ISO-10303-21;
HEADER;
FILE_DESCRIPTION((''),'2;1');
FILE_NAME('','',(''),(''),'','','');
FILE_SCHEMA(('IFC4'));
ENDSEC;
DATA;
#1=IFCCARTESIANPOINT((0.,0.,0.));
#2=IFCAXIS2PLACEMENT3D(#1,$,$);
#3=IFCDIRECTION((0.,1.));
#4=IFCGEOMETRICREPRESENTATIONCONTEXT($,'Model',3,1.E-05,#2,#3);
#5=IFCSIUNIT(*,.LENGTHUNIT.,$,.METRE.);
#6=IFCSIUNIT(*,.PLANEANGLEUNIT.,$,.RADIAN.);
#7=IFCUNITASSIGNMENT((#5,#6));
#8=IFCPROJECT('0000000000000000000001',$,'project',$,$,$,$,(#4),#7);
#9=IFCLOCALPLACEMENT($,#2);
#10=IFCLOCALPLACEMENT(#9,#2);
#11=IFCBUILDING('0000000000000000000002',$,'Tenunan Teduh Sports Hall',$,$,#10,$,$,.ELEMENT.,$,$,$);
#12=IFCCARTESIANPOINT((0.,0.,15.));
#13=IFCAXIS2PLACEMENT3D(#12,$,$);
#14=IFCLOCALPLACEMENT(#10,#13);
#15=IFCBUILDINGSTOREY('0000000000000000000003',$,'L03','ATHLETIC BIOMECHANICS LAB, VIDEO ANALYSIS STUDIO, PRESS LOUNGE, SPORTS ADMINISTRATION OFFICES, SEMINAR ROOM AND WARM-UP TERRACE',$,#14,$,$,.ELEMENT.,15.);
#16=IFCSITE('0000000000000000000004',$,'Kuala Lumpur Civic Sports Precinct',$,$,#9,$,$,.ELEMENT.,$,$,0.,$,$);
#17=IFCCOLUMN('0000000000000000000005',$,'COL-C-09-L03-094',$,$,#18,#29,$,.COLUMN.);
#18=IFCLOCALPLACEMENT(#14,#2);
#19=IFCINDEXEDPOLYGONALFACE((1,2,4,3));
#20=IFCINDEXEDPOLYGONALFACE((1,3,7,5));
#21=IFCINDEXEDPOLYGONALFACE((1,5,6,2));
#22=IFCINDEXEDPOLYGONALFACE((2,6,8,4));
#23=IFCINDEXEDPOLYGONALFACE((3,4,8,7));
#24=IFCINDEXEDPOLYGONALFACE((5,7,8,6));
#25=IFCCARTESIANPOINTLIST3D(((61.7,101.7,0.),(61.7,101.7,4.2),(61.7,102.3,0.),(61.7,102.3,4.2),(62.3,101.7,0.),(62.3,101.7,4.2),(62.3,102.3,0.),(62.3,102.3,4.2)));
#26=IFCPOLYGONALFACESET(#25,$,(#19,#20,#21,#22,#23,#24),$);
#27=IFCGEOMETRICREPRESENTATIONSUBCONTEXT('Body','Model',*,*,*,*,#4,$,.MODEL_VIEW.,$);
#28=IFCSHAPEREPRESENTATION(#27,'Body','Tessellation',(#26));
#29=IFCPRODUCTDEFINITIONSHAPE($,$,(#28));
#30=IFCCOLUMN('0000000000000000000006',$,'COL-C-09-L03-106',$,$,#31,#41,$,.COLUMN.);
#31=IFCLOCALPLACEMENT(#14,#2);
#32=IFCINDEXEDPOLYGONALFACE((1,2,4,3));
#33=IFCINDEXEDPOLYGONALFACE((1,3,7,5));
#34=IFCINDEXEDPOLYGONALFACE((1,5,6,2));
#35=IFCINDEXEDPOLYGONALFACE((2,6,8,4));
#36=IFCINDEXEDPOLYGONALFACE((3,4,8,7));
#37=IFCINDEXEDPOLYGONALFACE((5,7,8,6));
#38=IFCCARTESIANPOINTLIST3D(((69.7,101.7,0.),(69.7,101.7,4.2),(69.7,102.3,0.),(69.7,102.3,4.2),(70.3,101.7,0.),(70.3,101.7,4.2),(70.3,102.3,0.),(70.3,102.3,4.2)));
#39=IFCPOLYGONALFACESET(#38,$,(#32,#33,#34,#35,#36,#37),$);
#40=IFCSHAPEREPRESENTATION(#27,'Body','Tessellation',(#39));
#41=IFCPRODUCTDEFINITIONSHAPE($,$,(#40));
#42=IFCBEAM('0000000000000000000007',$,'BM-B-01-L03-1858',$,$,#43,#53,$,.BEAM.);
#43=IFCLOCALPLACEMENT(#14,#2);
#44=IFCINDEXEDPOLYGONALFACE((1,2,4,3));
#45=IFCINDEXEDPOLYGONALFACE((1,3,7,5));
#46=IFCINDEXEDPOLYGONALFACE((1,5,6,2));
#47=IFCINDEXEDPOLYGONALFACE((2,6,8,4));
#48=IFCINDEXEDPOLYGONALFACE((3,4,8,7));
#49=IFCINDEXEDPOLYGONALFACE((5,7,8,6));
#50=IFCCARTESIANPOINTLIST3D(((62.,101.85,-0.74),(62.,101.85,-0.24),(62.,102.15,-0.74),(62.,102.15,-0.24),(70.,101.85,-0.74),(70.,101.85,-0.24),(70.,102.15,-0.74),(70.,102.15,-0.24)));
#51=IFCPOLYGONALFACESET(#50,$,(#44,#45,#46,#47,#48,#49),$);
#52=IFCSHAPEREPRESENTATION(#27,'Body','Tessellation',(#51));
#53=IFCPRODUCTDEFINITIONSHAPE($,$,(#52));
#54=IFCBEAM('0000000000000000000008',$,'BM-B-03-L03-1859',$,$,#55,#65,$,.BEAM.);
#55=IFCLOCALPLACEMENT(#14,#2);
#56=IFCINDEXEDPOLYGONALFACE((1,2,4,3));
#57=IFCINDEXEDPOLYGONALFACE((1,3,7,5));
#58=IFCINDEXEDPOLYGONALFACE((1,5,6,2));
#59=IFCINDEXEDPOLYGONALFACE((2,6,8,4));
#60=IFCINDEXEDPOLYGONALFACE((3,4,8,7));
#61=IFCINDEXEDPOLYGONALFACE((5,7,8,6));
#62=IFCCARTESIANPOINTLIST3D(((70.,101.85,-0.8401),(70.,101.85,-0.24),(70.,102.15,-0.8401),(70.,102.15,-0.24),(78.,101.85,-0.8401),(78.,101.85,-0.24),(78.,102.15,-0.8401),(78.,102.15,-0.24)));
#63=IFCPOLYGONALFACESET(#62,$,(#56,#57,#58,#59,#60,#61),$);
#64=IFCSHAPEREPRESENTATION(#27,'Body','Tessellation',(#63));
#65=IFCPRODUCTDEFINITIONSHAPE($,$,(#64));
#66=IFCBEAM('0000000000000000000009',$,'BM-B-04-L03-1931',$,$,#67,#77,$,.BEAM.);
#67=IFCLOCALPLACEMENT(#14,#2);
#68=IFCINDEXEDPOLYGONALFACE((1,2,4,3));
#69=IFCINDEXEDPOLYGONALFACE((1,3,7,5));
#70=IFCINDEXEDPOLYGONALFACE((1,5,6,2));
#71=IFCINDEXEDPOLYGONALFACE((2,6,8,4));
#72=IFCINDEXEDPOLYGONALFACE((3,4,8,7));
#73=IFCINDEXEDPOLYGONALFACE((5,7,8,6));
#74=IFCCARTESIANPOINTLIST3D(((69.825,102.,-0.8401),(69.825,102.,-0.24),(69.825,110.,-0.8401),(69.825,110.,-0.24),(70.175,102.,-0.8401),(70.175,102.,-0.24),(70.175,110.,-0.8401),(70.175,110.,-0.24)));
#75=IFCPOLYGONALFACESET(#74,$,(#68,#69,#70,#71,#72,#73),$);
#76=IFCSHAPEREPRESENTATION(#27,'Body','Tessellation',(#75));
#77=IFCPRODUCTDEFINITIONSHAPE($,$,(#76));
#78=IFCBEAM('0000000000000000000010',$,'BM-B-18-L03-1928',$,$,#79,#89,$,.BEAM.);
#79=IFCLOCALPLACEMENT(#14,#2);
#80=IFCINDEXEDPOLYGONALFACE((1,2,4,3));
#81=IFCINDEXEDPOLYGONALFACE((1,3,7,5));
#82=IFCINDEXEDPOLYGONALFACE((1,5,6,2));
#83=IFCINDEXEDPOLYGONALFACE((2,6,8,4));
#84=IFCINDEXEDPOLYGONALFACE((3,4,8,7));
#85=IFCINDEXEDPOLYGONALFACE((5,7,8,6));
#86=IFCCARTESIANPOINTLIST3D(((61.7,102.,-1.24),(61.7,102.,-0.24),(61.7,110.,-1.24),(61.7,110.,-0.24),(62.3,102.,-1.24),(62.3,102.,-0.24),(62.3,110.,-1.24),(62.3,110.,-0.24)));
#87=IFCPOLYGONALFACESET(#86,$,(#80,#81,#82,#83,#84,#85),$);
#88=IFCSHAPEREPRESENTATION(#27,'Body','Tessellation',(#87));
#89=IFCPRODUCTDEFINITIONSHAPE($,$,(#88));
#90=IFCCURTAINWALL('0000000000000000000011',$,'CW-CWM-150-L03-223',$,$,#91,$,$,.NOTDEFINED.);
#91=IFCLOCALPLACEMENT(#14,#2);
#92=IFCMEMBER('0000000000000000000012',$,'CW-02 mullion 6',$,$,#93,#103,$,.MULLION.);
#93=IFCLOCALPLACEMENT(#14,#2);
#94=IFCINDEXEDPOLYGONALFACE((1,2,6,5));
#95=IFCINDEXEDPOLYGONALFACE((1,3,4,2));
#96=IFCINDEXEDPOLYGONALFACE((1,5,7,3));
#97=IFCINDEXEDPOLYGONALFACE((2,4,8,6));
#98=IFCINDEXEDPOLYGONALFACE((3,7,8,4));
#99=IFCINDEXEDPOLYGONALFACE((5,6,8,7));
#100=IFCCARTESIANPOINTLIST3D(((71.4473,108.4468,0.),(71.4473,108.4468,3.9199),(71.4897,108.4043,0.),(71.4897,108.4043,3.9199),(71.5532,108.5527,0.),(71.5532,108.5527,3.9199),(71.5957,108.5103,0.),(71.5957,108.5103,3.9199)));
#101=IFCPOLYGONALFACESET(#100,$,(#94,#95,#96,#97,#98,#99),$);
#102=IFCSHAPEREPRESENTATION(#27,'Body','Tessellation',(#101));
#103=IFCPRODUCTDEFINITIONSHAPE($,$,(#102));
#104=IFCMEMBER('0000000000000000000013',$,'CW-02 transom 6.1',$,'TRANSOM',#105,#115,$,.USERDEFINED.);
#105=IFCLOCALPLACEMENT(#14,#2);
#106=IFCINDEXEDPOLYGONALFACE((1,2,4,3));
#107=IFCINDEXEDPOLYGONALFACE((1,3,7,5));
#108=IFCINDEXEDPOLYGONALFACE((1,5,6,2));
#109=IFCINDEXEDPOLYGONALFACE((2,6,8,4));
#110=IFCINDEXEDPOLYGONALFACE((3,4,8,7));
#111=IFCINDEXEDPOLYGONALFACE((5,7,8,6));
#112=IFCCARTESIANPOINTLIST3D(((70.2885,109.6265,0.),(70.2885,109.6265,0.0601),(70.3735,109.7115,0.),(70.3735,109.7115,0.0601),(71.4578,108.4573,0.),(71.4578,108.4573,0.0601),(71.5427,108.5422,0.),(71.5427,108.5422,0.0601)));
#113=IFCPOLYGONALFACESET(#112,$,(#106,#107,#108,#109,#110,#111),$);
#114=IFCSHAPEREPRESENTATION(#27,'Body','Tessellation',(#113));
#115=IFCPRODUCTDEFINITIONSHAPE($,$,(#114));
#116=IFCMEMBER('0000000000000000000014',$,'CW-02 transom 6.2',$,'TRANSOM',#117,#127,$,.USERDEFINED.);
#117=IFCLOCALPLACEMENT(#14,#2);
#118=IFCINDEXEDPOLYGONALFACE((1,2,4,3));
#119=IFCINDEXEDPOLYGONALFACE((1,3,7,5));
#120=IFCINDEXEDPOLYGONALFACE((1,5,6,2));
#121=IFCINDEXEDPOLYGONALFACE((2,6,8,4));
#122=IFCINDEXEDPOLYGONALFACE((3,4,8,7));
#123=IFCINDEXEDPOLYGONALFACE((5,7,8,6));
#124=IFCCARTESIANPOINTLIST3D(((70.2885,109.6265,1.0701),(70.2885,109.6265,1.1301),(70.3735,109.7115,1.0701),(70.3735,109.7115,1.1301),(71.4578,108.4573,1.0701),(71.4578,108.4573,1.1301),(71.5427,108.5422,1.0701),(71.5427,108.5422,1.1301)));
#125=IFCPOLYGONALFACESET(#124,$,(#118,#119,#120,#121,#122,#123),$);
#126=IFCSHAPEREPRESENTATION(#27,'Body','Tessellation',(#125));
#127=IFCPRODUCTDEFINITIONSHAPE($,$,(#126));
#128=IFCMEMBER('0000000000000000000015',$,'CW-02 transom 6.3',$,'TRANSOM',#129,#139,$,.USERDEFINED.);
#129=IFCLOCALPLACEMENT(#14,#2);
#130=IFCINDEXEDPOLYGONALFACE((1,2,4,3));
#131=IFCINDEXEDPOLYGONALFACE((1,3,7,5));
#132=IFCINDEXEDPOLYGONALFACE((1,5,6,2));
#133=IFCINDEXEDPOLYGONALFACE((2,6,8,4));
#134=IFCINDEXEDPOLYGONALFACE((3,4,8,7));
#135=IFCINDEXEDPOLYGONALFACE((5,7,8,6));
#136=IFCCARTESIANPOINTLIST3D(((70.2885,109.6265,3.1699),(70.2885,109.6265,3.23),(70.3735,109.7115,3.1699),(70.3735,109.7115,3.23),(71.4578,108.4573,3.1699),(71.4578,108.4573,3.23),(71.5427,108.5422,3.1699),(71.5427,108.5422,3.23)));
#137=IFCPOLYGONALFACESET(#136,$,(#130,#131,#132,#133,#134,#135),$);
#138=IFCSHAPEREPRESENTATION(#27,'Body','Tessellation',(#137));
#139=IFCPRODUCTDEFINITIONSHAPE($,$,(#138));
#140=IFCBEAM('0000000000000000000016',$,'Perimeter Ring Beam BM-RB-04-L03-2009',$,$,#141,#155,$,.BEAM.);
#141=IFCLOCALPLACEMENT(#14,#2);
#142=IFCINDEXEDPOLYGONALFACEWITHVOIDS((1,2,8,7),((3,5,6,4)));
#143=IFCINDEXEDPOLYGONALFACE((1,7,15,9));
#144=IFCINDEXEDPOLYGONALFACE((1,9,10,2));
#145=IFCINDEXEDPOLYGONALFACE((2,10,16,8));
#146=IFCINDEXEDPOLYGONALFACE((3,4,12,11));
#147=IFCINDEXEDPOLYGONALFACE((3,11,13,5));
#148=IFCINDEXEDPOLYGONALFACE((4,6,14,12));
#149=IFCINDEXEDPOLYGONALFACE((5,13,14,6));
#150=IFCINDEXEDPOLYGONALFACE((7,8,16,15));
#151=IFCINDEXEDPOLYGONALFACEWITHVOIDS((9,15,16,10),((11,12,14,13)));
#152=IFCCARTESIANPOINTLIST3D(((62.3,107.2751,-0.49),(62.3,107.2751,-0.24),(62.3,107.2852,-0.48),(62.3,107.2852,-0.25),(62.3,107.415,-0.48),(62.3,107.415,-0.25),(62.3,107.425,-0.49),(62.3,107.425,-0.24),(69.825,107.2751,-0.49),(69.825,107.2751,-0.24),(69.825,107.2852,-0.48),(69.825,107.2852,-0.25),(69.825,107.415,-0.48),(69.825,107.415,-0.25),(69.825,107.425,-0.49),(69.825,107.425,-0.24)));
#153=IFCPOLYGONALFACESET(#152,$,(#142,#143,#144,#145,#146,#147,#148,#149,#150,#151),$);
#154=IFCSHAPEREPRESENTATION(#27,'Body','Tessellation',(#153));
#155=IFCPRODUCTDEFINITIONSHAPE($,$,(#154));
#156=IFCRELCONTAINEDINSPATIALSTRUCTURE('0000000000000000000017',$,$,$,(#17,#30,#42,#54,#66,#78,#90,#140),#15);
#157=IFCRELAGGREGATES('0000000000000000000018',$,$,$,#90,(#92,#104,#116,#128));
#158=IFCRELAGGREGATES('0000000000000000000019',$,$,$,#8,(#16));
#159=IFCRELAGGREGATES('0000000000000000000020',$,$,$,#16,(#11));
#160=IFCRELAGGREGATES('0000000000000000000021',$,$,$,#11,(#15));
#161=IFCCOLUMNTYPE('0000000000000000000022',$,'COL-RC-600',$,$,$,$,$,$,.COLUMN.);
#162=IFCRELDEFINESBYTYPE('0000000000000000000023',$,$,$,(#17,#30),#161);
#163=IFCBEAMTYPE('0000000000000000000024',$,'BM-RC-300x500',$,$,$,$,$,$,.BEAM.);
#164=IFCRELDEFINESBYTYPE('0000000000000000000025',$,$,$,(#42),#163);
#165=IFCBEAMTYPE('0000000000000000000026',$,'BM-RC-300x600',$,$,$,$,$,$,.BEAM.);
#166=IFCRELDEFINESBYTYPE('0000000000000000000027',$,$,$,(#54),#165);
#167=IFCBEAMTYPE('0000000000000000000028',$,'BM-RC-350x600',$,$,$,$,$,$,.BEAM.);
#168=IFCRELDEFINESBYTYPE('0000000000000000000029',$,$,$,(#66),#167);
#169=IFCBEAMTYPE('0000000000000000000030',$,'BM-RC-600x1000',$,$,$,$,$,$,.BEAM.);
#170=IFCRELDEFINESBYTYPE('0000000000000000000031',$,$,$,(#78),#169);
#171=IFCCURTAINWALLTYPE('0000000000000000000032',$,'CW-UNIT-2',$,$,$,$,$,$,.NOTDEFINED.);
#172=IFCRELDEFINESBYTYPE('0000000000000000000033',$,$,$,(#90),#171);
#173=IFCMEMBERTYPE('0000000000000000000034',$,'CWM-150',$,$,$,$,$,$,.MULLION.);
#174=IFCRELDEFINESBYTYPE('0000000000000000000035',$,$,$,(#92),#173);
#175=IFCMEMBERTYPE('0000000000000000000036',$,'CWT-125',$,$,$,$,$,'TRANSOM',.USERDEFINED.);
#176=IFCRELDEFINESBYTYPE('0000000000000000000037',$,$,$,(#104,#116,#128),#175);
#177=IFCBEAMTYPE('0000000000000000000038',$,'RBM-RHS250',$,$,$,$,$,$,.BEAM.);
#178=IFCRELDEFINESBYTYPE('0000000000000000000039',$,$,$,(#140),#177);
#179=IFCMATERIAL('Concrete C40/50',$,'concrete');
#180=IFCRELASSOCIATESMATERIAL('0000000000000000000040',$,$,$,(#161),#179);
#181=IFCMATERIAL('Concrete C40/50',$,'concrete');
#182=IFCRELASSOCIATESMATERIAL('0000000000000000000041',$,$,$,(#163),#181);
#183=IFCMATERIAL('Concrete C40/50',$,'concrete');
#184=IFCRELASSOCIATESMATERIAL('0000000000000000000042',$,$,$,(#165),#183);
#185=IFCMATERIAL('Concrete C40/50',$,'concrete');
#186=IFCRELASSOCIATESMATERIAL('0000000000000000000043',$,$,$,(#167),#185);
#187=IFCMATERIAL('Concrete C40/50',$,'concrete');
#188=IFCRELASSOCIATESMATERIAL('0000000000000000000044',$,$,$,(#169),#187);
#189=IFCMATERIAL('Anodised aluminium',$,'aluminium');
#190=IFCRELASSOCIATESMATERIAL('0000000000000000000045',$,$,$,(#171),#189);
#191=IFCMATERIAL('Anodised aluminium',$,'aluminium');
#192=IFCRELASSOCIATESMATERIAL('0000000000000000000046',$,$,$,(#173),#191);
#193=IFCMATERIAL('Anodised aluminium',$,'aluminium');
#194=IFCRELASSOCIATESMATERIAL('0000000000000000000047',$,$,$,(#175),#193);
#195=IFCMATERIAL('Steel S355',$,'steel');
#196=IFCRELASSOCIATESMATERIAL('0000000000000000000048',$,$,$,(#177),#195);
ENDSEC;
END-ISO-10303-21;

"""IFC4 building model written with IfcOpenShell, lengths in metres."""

from ifc_helpers import new_model, si_unit, direction, frame, origin, origin_2d, place, context, subcontext, project, spatial, rectangle, hollow_rectangle, extrude, material, material_profile, profile_set, type_object, element, aggregate, save


model = new_model("IFC4")

# Units and contexts
model_context = context("Model", 3, precision=1e-05, world=origin(), true_north=direction((0.0, 1.0)))
body_context = subcontext(model_context, "Body", "Model", "MODEL_VIEW")
ifc_project = project(units=[si_unit("LENGTHUNIT", "METRE"), si_unit("PLANEANGLEUNIT", "RADIAN")], contexts=[model_context])

# Site, building, storey
site_placement = place(None, origin())
site = spatial("IfcSite", under=ifc_project, at=site_placement, Name="Kuala Lumpur Civic Sports Precinct", CompositionType="ELEMENT", RefElevation=0.0)
building_placement = place(site_placement, origin())
building = spatial("IfcBuilding", under=site, at=building_placement, Name="Tenunan Teduh Sports Hall", CompositionType="ELEMENT")
storey_placement = place(building_placement, frame((0.0, 0.0, 15.0)))
storey = spatial("IfcBuildingStorey", under=building, at=storey_placement, Name="L03", Description="ATHLETIC BIOMECHANICS LAB, VIDEO ANALYSIS STUDIO, PRESS LOUNGE, SPORTS ADMINISTRATION OFFICES, SEMINAR ROOM AND WARM-UP TERRACE", CompositionType="ELEMENT", Elevation=15.0)

# Columns
ifc_material_1 = material(Name="Concrete C40/50", Category="concrete")
ifc_material_profile_1 = material_profile(ifc_material_1, rectangle(XDim=0.6001, YDim=0.6001, at=origin_2d()), Name="RC 600x600")
ifc_profile_set_1 = profile_set([ifc_material_profile_1], Name="Concrete C40/50")
column_type = type_object("IfcColumnType", Name="COL-RC-600", PredefinedType="COLUMN", material=ifc_profile_set_1)
for number, where, z_axis, x_axis, name in (
    (1, (62.0, 102.0, 0.0), (0.0, 0.0, 1.0), (1.0, 0.0, 0.0), "COL-C-09-L03-094"),
    (2, (70.0, 102.0, 0.0), (0.0, 0.0, 1.0), (1.0, 0.0, 0.0), "COL-C-09-L03-106"),
):
    element("IfcColumn", number, at=place(storey_placement, frame(where, z_axis=z_axis, x_axis=x_axis)), inside=storey, type_object=column_type, Name=name, PredefinedType="COLUMN", context=body_context, shape_type="SweptSolid", body=[
        extrude(rectangle(XDim=0.6001, YDim=0.6001, at=origin_2d()), origin(), (0.0, 0.0, 1.0), 4.2),
    ])

# Beams
ifc_material_2 = material(Name="Concrete C40/50", Category="concrete")
ifc_material_profile_2 = material_profile(ifc_material_2, rectangle(XDim=0.3, YDim=0.5, at=origin_2d()), Name="RCB 300x500")
ifc_profile_set_2 = profile_set([ifc_material_profile_2], Name="Concrete C40/50")
beam_type_1 = type_object("IfcBeamType", Name="BM-RC-300x500", PredefinedType="BEAM", material=ifc_profile_set_2)
beam_1_placement = place(storey_placement, frame((62.0, 102.0, -0.49), z_axis=(1.0, 0.0, 0.0), x_axis=(0.0, 1.0, 0.0)))
element("IfcBeam", 3, at=beam_1_placement, inside=storey, type_object=beam_type_1, Name="BM-B-01-L03-1858", PredefinedType="BEAM", context=body_context, shape_type="SweptSolid", body=[
    extrude(rectangle(XDim=0.3, YDim=0.5, at=origin_2d()), origin(), (0.0, 0.0, 1.0), 8.0),
])
ifc_material_3 = material(Name="Concrete C40/50", Category="concrete")
ifc_material_profile_3 = material_profile(ifc_material_3, rectangle(XDim=0.3, YDim=0.6001, at=origin_2d()), Name="RCB 300x600")
ifc_profile_set_3 = profile_set([ifc_material_profile_3], Name="Concrete C40/50")
beam_type_2 = type_object("IfcBeamType", Name="BM-RC-300x600", PredefinedType="BEAM", material=ifc_profile_set_3)
beam_2_placement = place(storey_placement, frame((70.0, 102.0, -0.54), z_axis=(1.0, 0.0, 0.0), x_axis=(0.0, 1.0, 0.0)))
element("IfcBeam", 4, at=beam_2_placement, inside=storey, type_object=beam_type_2, Name="BM-B-03-L03-1859", PredefinedType="BEAM", context=body_context, shape_type="SweptSolid", body=[
    extrude(rectangle(XDim=0.3, YDim=0.6001, at=origin_2d()), origin(), (0.0, 0.0, 1.0), 8.0),
])
ifc_material_4 = material(Name="Concrete C40/50", Category="concrete")
ifc_material_profile_4 = material_profile(ifc_material_4, rectangle(XDim=0.3501, YDim=0.6001, at=origin_2d()), Name="RCB 350x600")
ifc_profile_set_4 = profile_set([ifc_material_profile_4], Name="Concrete C40/50")
beam_type_3 = type_object("IfcBeamType", Name="BM-RC-350x600", PredefinedType="BEAM", material=ifc_profile_set_4)
beam_3_placement = place(storey_placement, frame((70.0, 102.0, -0.54), z_axis=(0.0, 1.0, 0.0), x_axis=(-1.0, 0.0, 0.0)))
element("IfcBeam", 5, at=beam_3_placement, inside=storey, type_object=beam_type_3, Name="BM-B-04-L03-1931", PredefinedType="BEAM", context=body_context, shape_type="SweptSolid", body=[
    extrude(rectangle(XDim=0.3501, YDim=0.6001, at=origin_2d()), origin(), (0.0, 0.0, 1.0), 8.0),
])
ifc_material_5 = material(Name="Concrete C40/50", Category="concrete")
ifc_material_profile_5 = material_profile(ifc_material_5, rectangle(XDim=0.6001, YDim=1.0, at=origin_2d()), Name="RCB 600x1000")
ifc_profile_set_5 = profile_set([ifc_material_profile_5], Name="Concrete C40/50")
beam_type_4 = type_object("IfcBeamType", Name="BM-RC-600x1000", PredefinedType="BEAM", material=ifc_profile_set_5)
beam_4_placement = place(storey_placement, frame((62.0, 102.0, -0.74), z_axis=(0.0, 1.0, 0.0), x_axis=(-1.0, 0.0, 0.0)))
element("IfcBeam", 6, at=beam_4_placement, inside=storey, type_object=beam_type_4, Name="BM-B-18-L03-1928", PredefinedType="BEAM", context=body_context, shape_type="SweptSolid", body=[
    extrude(rectangle(XDim=0.6001, YDim=1.0, at=origin_2d()), origin(), (0.0, 0.0, 1.0), 8.0),
])

# Curtain wall, members
ifc_material_6 = material(Name="Anodised aluminium", Category="aluminium")
curtain_wall_type = type_object("IfcCurtainWallType", Name="CW-UNIT-2", PredefinedType="NOTDEFINED", material=ifc_material_6)
curtain_wall_placement = place(storey_placement, origin())
curtain_wall = element("IfcCurtainWall", 7, at=curtain_wall_placement, inside=storey, type_object=curtain_wall_type, Name="CW-CWM-150-L03-223", PredefinedType="NOTDEFINED")
ifc_material_7 = material(Name="Anodised aluminium", Category="aluminium")
ifc_material_profile_6 = material_profile(ifc_material_7, rectangle(XDim=0.0601, YDim=0.1499, at=origin_2d()), Name="CWM 60x150")
ifc_profile_set_6 = profile_set([ifc_material_profile_6], Name="Anodised aluminium")
member_type_1 = type_object("IfcMemberType", Name="CWM-150", PredefinedType="MULLION", material=ifc_profile_set_6)
member_1_placement = place(storey_placement, frame((71.5215, 108.4785, 0.0), z_axis=(0.0, 0.0, 1.0), x_axis=(-0.707107, 0.707107, 0.0)))
member_1 = element("IfcMember", 8, at=member_1_placement, type_object=member_type_1, Name="CW-02 mullion 6", PredefinedType="MULLION", context=body_context, shape_type="SweptSolid", body=[
    extrude(rectangle(XDim=0.0601, YDim=0.1499, at=origin_2d()), origin(), (0.0, 0.0, 1.0), 3.9199),
])
ifc_material_8 = material(Name="Anodised aluminium", Category="aluminium")
ifc_material_profile_7 = material_profile(ifc_material_8, rectangle(XDim=0.0601, YDim=0.1201, at=origin_2d()), Name="CWT 60x120")
ifc_profile_set_7 = profile_set([ifc_material_profile_7], Name="Anodised aluminium")
member_type_2 = type_object("IfcMemberType", Name="CWT-125", ElementType="TRANSOM", PredefinedType="USERDEFINED", material=ifc_profile_set_7)
member_2_placement = place(storey_placement, frame((71.5002, 108.4998, 0.03), z_axis=(-0.707107, 0.707107, 0.0), x_axis=(0.0, 0.0, 1.0)))
member_2 = element("IfcMember", 9, at=member_2_placement, type_object=member_type_2, Name="CW-02 transom 6.1", ObjectType="TRANSOM", PredefinedType="USERDEFINED", context=body_context, shape_type="SweptSolid", body=[
    extrude(rectangle(XDim=0.0601, YDim=0.1201, at=origin_2d()), origin(), (0.0, 0.0, 1.0), 1.6536),
])
member_3_placement = place(storey_placement, frame((71.5002, 108.4998, 1.1001), z_axis=(-0.707107, 0.707107, 0.0), x_axis=(0.0, 0.0, 1.0)))
member_3 = element("IfcMember", 10, at=member_3_placement, type_object=member_type_2, Name="CW-02 transom 6.2", ObjectType="TRANSOM", PredefinedType="USERDEFINED", context=body_context, shape_type="SweptSolid", body=[
    extrude(rectangle(XDim=0.0601, YDim=0.1201, at=origin_2d()), origin(), (0.0, 0.0, 1.0), 1.6536),
])
member_4_placement = place(storey_placement, frame((71.5002, 108.4998, 3.2), z_axis=(-0.707107, 0.707107, 0.0), x_axis=(0.0, 0.0, 1.0)))
member_4 = element("IfcMember", 11, at=member_4_placement, type_object=member_type_2, Name="CW-02 transom 6.3", ObjectType="TRANSOM", PredefinedType="USERDEFINED", context=body_context, shape_type="SweptSolid", body=[
    extrude(rectangle(XDim=0.0601, YDim=0.1201, at=origin_2d()), origin(), (0.0, 0.0, 1.0), 1.6536),
])

# Beam
ifc_material_9 = material(Name="Steel S355", Category="steel")
ifc_material_profile_8 = material_profile(ifc_material_9, hollow_rectangle(XDim=0.1499, YDim=0.25, WallThickness=0.01, at=origin_2d()), Name="RHS 250x150x10.0")
ifc_profile_set_8 = profile_set([ifc_material_profile_8], Name="Steel S355")
beam_type_5 = type_object("IfcBeamType", Name="RBM-RHS250", PredefinedType="BEAM", material=ifc_profile_set_8)
beam_5_placement = place(storey_placement, frame((62.3, 107.3501, -0.365), z_axis=(1.0, 0.0, 0.0), x_axis=(0.0, 1.0, 0.0)))
element("IfcBeam", 12, at=beam_5_placement, inside=storey, type_object=beam_type_5, Name="Perimeter Ring Beam BM-RB-04-L03-2009", PredefinedType="BEAM", context=body_context, shape_type="SweptSolid", body=[
    extrude(hollow_rectangle(XDim=0.1499, YDim=0.25, WallThickness=0.01, at=origin_2d()), origin(), (0.0, 0.0, 1.0), 7.5249),
])

aggregate(curtain_wall, [member_1, member_2, member_3, member_4])

save(model, "model.ifc")
